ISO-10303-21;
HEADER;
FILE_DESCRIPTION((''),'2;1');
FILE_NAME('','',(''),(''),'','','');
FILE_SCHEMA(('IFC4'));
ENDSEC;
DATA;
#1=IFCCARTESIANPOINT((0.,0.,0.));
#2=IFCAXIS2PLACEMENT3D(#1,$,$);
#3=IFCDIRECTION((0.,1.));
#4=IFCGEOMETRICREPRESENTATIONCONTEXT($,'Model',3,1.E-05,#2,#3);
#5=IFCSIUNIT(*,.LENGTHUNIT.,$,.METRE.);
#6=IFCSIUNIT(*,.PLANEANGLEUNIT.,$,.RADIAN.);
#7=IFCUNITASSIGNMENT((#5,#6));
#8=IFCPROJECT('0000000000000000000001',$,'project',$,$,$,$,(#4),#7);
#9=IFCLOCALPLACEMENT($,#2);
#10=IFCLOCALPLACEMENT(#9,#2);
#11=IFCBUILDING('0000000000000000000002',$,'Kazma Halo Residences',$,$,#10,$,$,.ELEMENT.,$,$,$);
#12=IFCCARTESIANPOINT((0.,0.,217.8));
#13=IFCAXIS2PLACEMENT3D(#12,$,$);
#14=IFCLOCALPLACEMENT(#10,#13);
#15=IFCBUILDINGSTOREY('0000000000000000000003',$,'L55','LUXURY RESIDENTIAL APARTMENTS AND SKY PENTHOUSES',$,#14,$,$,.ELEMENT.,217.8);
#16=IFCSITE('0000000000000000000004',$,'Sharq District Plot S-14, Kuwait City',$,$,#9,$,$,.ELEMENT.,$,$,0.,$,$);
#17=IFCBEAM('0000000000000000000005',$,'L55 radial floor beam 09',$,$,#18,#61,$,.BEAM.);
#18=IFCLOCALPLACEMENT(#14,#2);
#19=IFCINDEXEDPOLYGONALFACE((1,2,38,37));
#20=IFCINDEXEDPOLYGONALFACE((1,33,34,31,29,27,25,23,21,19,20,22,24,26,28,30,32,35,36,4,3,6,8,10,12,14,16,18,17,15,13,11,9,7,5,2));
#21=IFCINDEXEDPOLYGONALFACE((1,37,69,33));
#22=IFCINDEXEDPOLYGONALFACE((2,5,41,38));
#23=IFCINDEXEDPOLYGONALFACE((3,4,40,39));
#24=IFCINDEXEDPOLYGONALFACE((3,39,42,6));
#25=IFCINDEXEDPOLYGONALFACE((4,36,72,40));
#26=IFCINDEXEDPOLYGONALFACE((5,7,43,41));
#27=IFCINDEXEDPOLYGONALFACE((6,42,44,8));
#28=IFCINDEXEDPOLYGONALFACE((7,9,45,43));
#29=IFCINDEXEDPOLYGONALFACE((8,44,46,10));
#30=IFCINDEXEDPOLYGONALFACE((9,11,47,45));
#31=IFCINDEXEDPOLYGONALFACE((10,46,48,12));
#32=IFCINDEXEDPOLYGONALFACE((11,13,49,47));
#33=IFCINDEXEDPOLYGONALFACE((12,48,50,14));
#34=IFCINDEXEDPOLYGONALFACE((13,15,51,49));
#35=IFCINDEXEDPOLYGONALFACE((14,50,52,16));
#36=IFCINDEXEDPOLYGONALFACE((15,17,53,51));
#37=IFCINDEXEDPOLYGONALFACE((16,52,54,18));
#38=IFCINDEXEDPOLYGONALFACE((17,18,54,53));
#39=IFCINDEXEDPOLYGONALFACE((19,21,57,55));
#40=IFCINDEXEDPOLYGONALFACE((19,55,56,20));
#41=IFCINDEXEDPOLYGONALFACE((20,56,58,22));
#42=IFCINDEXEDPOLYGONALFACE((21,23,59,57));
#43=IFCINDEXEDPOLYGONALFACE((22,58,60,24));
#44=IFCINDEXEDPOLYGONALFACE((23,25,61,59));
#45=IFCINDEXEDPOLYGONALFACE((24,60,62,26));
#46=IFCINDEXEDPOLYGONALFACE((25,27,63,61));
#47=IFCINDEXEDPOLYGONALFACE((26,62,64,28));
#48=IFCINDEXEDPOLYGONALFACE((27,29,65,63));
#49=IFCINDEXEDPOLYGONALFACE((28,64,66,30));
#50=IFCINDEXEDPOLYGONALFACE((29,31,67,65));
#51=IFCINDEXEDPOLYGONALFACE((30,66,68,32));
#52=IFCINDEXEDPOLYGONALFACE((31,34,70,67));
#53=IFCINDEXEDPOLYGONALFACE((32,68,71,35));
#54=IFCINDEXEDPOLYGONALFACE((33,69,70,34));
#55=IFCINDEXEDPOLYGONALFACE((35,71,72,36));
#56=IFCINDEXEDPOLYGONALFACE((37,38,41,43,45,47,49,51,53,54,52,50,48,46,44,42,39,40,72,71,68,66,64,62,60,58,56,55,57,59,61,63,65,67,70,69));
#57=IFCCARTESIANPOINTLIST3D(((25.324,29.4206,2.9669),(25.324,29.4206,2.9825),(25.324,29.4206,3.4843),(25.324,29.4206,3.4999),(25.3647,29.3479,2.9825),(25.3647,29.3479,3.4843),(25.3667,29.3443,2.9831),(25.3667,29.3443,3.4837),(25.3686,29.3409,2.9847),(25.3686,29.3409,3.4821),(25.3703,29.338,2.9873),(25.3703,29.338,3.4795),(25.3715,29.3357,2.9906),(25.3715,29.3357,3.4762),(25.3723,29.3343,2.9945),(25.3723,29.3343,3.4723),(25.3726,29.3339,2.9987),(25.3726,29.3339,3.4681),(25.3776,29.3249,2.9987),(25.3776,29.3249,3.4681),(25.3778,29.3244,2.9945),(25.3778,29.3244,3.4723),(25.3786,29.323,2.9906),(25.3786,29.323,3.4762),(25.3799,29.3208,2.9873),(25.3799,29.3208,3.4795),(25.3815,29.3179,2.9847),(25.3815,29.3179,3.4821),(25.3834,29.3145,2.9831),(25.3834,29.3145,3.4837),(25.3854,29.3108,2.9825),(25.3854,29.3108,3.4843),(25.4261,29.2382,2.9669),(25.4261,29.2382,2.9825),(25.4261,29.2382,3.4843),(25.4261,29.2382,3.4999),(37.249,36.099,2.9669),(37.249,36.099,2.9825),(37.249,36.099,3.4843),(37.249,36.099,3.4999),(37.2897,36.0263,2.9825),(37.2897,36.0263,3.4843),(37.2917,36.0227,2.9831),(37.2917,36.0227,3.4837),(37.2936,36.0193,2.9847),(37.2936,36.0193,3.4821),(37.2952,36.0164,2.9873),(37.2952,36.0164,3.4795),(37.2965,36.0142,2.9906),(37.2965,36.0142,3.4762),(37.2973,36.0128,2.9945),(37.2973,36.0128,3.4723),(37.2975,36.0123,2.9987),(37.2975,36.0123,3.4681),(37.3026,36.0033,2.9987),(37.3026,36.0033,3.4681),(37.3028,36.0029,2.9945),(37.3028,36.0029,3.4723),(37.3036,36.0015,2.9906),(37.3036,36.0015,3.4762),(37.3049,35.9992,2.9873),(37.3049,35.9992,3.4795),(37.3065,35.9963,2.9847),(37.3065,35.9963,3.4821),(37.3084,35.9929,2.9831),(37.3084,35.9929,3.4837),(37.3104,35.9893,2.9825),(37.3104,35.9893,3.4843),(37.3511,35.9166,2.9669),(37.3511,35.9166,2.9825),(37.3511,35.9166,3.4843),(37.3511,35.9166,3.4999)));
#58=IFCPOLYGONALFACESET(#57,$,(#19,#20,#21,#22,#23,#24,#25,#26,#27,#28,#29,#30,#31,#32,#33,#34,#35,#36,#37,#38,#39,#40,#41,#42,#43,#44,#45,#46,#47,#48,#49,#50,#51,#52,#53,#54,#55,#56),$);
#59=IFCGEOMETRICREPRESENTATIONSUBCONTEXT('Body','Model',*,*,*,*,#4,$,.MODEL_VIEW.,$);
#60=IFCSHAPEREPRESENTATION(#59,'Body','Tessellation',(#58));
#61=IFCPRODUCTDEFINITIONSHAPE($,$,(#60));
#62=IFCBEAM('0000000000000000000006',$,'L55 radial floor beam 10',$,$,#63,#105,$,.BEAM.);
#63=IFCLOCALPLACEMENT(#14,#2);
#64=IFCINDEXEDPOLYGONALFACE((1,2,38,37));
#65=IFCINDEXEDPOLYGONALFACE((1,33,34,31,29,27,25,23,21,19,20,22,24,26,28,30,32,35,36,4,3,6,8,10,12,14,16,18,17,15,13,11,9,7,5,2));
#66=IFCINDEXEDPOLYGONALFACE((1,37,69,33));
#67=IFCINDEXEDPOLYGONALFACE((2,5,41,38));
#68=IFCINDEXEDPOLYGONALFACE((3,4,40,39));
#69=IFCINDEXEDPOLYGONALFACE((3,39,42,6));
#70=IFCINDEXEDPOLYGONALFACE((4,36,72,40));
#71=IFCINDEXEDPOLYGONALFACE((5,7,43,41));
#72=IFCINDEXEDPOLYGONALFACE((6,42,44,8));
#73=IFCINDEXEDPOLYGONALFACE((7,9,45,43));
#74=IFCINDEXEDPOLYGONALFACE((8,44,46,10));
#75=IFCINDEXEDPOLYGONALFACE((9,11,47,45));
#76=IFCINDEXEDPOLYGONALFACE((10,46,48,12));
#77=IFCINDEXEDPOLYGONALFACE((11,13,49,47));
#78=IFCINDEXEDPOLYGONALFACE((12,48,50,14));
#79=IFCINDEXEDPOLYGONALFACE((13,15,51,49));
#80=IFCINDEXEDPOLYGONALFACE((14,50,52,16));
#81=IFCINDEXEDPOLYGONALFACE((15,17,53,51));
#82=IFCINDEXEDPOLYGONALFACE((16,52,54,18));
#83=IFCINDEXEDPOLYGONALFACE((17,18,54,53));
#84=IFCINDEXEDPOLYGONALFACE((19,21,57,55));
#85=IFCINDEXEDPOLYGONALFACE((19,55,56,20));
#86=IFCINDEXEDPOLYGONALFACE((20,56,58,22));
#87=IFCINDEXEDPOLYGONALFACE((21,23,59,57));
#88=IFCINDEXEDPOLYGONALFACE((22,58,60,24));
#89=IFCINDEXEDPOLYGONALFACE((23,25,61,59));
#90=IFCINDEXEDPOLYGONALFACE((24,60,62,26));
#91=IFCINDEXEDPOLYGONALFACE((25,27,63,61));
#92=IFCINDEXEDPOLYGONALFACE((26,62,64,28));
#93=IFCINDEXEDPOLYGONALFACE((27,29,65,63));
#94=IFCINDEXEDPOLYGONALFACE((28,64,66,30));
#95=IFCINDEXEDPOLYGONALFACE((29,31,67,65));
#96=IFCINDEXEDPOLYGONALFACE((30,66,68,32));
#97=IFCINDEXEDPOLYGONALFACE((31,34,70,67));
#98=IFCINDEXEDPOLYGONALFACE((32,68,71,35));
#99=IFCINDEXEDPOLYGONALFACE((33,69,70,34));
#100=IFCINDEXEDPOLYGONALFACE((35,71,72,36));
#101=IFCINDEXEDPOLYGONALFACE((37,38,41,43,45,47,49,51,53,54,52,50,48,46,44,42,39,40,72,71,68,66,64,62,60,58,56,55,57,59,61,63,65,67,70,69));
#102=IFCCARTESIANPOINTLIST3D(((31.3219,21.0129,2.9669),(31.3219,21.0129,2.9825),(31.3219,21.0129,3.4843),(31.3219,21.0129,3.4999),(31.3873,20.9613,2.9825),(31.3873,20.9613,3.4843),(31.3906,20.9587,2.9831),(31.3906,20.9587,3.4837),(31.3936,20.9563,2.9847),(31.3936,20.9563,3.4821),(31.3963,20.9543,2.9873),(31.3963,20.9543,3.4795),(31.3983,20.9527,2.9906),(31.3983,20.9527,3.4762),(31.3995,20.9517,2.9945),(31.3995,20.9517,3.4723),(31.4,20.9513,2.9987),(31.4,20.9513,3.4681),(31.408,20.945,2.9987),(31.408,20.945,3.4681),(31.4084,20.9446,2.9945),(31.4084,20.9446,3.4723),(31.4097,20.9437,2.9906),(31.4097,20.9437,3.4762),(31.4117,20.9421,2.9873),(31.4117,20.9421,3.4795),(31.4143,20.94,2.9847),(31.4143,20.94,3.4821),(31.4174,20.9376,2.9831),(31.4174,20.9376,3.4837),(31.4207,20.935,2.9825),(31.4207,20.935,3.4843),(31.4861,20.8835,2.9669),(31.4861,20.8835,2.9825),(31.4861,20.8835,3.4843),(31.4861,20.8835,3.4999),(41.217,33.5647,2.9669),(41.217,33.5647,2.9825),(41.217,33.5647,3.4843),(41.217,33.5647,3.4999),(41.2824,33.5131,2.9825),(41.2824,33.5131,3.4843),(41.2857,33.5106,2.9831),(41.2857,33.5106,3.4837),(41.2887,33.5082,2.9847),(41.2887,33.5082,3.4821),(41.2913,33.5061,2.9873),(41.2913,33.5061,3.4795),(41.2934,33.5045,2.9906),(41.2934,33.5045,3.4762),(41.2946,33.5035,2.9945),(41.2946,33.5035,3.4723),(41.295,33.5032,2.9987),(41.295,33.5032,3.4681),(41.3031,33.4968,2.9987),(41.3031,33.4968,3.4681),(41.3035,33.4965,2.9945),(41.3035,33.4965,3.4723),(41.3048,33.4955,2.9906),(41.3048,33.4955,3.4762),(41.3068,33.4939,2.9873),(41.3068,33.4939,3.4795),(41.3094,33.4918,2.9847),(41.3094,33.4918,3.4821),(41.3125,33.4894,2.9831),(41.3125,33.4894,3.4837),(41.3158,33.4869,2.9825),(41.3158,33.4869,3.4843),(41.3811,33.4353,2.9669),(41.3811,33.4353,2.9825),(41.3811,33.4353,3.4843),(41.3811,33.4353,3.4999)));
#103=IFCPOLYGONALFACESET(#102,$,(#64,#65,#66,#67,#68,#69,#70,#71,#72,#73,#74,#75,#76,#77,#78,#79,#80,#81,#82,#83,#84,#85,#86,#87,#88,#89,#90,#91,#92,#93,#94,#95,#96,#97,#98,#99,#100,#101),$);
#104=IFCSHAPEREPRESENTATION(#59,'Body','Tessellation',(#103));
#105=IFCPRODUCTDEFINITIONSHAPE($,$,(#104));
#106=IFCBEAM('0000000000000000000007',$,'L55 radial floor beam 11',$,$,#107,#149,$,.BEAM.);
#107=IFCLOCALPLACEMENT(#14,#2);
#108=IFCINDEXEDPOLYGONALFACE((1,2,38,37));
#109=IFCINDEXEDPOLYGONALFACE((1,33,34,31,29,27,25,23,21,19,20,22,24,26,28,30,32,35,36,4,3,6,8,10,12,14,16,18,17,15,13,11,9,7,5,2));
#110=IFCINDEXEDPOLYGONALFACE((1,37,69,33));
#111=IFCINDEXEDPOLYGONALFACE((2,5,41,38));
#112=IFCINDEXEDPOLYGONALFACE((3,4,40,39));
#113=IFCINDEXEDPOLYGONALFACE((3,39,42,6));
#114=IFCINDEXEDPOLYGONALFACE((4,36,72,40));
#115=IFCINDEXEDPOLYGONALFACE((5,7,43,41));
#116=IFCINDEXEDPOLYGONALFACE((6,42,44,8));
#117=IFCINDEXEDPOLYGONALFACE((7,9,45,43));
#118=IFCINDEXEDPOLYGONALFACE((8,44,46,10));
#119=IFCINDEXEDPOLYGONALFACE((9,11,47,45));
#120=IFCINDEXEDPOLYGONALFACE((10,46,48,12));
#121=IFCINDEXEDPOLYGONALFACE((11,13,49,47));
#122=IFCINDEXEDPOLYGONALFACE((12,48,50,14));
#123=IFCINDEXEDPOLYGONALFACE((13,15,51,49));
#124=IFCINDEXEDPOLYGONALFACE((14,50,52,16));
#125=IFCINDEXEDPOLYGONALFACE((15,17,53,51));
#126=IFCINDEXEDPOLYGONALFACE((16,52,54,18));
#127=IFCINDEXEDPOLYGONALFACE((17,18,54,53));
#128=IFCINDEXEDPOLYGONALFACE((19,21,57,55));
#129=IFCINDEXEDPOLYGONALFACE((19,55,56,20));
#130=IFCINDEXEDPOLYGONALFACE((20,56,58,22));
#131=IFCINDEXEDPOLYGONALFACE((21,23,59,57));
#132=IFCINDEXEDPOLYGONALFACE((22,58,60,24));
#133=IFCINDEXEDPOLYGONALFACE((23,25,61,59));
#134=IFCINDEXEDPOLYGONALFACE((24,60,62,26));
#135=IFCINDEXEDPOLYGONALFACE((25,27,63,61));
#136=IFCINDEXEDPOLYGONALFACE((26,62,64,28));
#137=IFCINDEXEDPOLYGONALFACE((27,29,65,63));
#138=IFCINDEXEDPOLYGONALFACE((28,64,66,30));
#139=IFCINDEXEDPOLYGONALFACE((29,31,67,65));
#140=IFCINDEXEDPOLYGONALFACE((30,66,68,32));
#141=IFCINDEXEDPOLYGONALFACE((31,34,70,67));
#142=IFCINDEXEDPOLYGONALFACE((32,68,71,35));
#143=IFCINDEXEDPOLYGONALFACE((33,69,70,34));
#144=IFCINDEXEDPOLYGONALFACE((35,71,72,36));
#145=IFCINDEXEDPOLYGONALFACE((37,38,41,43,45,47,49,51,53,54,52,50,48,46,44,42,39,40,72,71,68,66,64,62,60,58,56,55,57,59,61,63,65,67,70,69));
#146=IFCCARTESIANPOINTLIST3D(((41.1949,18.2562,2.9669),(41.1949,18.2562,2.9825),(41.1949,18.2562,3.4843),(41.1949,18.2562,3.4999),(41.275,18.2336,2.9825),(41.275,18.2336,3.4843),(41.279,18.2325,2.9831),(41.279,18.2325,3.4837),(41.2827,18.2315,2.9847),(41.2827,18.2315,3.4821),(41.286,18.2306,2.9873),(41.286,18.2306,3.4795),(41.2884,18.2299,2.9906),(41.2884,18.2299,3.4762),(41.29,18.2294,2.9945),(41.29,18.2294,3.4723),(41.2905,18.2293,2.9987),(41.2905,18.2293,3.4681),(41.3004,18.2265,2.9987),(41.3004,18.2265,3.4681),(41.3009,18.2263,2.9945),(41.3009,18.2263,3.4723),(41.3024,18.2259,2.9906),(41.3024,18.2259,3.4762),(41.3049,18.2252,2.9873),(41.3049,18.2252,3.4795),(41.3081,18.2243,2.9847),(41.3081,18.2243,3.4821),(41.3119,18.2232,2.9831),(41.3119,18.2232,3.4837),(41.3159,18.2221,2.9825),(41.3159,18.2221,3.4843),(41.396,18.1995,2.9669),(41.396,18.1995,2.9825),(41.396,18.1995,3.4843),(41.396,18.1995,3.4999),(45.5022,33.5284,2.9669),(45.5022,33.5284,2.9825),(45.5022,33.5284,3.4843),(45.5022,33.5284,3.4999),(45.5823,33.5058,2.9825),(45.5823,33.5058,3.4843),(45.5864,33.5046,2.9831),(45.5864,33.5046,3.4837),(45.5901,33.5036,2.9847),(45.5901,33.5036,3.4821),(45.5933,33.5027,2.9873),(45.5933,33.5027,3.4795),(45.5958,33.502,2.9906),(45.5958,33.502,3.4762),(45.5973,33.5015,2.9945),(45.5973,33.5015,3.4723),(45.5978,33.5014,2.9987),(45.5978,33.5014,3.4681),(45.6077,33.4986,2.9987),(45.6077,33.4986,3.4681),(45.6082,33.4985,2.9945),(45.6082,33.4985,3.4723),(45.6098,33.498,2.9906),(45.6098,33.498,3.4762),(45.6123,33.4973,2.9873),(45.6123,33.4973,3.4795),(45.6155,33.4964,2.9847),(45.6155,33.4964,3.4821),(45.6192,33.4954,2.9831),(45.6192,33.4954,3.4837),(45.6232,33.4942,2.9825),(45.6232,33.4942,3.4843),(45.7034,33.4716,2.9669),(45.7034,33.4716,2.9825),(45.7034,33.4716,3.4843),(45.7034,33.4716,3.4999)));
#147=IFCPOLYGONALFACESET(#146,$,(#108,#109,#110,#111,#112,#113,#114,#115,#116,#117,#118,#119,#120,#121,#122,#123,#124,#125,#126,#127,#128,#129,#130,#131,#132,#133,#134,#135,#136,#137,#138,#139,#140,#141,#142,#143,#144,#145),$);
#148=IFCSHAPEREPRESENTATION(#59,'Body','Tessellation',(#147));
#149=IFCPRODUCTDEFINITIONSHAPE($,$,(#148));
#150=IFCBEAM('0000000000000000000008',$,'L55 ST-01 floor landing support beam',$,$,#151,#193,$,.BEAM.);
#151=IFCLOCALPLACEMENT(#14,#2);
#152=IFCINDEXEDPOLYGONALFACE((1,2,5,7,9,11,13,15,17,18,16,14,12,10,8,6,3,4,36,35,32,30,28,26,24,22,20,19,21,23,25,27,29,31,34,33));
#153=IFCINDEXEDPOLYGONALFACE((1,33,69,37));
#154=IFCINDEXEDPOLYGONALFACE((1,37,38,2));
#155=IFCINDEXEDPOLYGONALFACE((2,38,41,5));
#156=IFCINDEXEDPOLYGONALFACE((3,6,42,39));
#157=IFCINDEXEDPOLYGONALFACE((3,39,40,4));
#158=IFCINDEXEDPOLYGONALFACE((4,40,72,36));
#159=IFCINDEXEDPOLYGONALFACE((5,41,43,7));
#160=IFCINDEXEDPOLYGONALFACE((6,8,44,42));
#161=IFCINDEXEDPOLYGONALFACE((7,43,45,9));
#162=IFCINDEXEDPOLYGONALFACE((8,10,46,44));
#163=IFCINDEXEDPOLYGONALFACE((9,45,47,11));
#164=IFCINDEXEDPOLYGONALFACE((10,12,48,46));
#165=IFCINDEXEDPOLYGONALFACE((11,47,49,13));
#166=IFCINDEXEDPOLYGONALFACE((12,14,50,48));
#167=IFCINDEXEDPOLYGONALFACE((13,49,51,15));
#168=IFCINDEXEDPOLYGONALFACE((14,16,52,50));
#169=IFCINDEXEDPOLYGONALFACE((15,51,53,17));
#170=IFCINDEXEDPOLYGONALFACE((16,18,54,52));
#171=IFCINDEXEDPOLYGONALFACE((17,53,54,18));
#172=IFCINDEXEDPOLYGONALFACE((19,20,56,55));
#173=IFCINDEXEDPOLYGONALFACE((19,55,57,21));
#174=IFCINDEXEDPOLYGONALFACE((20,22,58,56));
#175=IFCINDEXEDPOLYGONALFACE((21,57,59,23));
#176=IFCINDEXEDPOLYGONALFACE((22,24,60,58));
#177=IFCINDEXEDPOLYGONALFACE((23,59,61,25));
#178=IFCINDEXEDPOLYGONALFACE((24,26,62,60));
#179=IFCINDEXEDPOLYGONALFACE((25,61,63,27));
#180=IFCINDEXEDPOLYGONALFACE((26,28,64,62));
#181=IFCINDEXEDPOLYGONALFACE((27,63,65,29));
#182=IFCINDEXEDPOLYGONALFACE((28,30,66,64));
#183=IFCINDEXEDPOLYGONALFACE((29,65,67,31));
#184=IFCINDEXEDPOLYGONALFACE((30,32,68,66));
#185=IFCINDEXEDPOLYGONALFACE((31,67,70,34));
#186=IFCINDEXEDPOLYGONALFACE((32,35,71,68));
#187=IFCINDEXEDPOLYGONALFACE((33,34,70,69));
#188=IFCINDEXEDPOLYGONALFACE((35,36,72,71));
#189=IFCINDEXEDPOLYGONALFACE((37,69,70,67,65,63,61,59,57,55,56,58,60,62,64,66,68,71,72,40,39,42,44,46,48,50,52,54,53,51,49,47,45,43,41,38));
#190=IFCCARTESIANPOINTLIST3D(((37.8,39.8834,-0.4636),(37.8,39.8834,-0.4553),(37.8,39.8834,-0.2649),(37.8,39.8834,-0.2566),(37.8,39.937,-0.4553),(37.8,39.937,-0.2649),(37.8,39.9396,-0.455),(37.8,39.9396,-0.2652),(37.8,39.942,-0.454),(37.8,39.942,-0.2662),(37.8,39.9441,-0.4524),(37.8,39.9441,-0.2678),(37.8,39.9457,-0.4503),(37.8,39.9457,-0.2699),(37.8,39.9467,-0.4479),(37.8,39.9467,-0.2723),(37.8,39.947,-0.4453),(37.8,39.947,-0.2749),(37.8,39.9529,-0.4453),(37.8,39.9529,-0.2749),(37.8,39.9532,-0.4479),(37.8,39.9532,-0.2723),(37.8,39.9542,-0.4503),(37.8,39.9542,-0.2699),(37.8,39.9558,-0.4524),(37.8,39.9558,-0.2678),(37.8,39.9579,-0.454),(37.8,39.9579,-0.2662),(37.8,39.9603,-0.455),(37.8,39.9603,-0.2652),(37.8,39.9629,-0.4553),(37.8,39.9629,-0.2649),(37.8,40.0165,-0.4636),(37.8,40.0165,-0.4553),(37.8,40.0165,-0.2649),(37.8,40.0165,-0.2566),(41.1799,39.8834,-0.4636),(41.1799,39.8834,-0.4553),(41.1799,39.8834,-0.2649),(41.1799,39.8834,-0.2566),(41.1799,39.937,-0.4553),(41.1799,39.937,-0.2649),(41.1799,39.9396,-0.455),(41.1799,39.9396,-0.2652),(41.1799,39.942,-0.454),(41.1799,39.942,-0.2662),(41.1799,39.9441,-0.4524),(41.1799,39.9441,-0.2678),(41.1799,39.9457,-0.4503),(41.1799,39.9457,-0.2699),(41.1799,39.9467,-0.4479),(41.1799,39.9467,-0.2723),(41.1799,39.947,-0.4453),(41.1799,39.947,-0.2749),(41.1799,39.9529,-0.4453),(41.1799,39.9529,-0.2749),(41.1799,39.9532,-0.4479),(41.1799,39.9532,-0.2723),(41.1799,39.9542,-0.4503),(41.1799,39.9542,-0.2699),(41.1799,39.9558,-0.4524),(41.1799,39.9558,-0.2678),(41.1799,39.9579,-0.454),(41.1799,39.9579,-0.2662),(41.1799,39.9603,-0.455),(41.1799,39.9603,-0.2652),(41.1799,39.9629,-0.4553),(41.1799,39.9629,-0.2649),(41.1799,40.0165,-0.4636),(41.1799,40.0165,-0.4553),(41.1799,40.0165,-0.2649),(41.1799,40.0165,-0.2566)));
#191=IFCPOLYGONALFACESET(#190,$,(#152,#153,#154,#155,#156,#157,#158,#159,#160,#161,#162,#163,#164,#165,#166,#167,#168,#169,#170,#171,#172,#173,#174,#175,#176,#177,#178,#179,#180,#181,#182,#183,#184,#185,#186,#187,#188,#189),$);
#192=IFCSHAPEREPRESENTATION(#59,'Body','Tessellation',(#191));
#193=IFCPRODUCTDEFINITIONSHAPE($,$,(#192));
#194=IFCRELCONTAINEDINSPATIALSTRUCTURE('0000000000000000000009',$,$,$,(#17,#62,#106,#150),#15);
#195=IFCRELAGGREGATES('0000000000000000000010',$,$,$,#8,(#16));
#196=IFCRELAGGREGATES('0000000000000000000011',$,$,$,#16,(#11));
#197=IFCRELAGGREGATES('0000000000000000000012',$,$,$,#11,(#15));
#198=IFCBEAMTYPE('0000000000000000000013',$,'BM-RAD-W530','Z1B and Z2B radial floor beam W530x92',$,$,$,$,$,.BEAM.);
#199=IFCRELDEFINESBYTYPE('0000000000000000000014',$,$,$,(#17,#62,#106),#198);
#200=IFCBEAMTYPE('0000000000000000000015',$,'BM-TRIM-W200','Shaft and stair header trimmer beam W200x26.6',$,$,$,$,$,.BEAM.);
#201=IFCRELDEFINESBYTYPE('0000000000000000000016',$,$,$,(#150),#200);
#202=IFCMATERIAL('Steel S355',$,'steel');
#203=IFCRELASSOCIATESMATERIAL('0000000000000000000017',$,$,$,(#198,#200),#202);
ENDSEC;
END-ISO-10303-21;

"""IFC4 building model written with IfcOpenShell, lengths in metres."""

from ifc_helpers import new_model, si_unit, direction, frame, origin, origin_2d, place, context, subcontext, project, spatial, i_section, extrude, material, material_profile, profile_set, type_object, element, save


model = new_model("IFC4")

# Units and contexts
model_context = context("Model", 3, precision=1e-05, world=origin(), true_north=direction((0.0, 1.0)))
body_context = subcontext(model_context, "Body", "Model", "MODEL_VIEW")
ifc_project = project(units=[si_unit("LENGTHUNIT", "METRE"), si_unit("PLANEANGLEUNIT", "RADIAN")], contexts=[model_context])

# Site, building, storey
site_placement = place(None, origin())
site = spatial("IfcSite", under=ifc_project, at=site_placement, Name="Sharq District Plot S-14, Kuwait City", CompositionType="ELEMENT", RefElevation=0.0)
building_placement = place(site_placement, origin())
building = spatial("IfcBuilding", under=site, at=building_placement, Name="Kazma Halo Residences", CompositionType="ELEMENT")
storey_placement = place(building_placement, frame((0.0, 0.0, 217.8)))
storey = spatial("IfcBuildingStorey", under=building, at=storey_placement, Name="L55", Description="LUXURY RESIDENTIAL APARTMENTS AND SKY PENTHOUSES", CompositionType="ELEMENT", Elevation=217.8)

# Beams
ifc_material_1 = material(Name="Steel S355", Category="steel")
ifc_material_profile_1 = material_profile(ifc_material_1, i_section(OverallWidth=0.209, OverallDepth=0.533, WebThickness=0.0103, FlangeThickness=0.0156, FilletRadius=0.0161, at=origin_2d()), Name="W530x92")
ifc_profile_set_1 = profile_set([ifc_material_profile_1], Name="Steel S355")
beam_type_1 = type_object("IfcBeamType", Name="BM-RAD-W530", Description="Z1B and Z2B radial floor beam W530x92", PredefinedType="BEAM", material=ifc_profile_set_1)
beam_1_placement = place(storey_placement, frame((37.3, 36.0078, 3.2334), z_axis=(-0.872492, -0.488628, 0.0), x_axis=(0.488628, -0.872492, 0.0)))
element("IfcBeam", 1, at=beam_1_placement, inside=storey, type_object=beam_type_1, Name="L55 radial floor beam 09", PredefinedType="BEAM", context=body_context, shape_type="SweptSolid", body=[
    extrude(i_section(OverallWidth=0.209, OverallDepth=0.533, WebThickness=0.0103, FlangeThickness=0.0156, FilletRadius=0.0161, at=origin_2d()), origin(), (0.0, 0.0, 1.0), 13.6677),
])
beam_2_placement = place(storey_placement, frame((41.2991, 33.5, 3.2334), z_axis=(-0.619094, -0.785317, 0.0), x_axis=(0.785317, -0.619094, 0.0)))
element("IfcBeam", 2, at=beam_2_placement, inside=storey, type_object=beam_type_1, Name="L55 radial floor beam 10", PredefinedType="BEAM", context=body_context, shape_type="SweptSolid", body=[
    extrude(i_section(OverallWidth=0.209, OverallDepth=0.533, WebThickness=0.0103, FlangeThickness=0.0156, FilletRadius=0.0161, at=origin_2d()), origin(), (0.0, 0.0, 1.0), 15.9832),
])
beam_3_placement = place(storey_placement, frame((45.6028, 33.5, 3.2334), z_axis=(-0.27145, -0.962453, 0.0), x_axis=(0.962453, -0.27145, 0.0)))
element("IfcBeam", 3, at=beam_3_placement, inside=storey, type_object=beam_type_1, Name="L55 radial floor beam 11", PredefinedType="BEAM", context=body_context, shape_type="SweptSolid", body=[
    extrude(i_section(OverallWidth=0.209, OverallDepth=0.533, WebThickness=0.0103, FlangeThickness=0.0156, FilletRadius=0.0161, at=origin_2d()), origin(), (0.0, 0.0, 1.0), 15.8679),
])
ifc_material_profile_2 = material_profile(ifc_material_1, i_section(OverallWidth=0.1331, OverallDepth=0.207, WebThickness=0.0059, FlangeThickness=0.0083, FilletRadius=0.01, at=origin_2d()), Name="W200x26.6")
ifc_profile_set_2 = profile_set([ifc_material_profile_2], Name="Steel S355")
beam_type_2 = type_object("IfcBeamType", Name="BM-TRIM-W200", Description="Shaft and stair header trimmer beam W200x26.6", PredefinedType="BEAM", material=ifc_profile_set_2)
beam_4_placement = place(storey_placement, frame((37.8, 39.95, -0.3601), z_axis=(1.0, 0.0, 0.0), x_axis=(0.0, 1.0, 0.0)))
element("IfcBeam", 4, at=beam_4_placement, inside=storey, type_object=beam_type_2, Name="L55 ST-01 floor landing support beam", PredefinedType="BEAM", context=body_context, shape_type="SweptSolid", body=[
    extrude(i_section(OverallWidth=0.1331, OverallDepth=0.207, WebThickness=0.0059, FlangeThickness=0.0083, FilletRadius=0.01, at=origin_2d()), origin(), (0.0, 0.0, 1.0), 3.3799),
])

save(model, "model.ifc")
